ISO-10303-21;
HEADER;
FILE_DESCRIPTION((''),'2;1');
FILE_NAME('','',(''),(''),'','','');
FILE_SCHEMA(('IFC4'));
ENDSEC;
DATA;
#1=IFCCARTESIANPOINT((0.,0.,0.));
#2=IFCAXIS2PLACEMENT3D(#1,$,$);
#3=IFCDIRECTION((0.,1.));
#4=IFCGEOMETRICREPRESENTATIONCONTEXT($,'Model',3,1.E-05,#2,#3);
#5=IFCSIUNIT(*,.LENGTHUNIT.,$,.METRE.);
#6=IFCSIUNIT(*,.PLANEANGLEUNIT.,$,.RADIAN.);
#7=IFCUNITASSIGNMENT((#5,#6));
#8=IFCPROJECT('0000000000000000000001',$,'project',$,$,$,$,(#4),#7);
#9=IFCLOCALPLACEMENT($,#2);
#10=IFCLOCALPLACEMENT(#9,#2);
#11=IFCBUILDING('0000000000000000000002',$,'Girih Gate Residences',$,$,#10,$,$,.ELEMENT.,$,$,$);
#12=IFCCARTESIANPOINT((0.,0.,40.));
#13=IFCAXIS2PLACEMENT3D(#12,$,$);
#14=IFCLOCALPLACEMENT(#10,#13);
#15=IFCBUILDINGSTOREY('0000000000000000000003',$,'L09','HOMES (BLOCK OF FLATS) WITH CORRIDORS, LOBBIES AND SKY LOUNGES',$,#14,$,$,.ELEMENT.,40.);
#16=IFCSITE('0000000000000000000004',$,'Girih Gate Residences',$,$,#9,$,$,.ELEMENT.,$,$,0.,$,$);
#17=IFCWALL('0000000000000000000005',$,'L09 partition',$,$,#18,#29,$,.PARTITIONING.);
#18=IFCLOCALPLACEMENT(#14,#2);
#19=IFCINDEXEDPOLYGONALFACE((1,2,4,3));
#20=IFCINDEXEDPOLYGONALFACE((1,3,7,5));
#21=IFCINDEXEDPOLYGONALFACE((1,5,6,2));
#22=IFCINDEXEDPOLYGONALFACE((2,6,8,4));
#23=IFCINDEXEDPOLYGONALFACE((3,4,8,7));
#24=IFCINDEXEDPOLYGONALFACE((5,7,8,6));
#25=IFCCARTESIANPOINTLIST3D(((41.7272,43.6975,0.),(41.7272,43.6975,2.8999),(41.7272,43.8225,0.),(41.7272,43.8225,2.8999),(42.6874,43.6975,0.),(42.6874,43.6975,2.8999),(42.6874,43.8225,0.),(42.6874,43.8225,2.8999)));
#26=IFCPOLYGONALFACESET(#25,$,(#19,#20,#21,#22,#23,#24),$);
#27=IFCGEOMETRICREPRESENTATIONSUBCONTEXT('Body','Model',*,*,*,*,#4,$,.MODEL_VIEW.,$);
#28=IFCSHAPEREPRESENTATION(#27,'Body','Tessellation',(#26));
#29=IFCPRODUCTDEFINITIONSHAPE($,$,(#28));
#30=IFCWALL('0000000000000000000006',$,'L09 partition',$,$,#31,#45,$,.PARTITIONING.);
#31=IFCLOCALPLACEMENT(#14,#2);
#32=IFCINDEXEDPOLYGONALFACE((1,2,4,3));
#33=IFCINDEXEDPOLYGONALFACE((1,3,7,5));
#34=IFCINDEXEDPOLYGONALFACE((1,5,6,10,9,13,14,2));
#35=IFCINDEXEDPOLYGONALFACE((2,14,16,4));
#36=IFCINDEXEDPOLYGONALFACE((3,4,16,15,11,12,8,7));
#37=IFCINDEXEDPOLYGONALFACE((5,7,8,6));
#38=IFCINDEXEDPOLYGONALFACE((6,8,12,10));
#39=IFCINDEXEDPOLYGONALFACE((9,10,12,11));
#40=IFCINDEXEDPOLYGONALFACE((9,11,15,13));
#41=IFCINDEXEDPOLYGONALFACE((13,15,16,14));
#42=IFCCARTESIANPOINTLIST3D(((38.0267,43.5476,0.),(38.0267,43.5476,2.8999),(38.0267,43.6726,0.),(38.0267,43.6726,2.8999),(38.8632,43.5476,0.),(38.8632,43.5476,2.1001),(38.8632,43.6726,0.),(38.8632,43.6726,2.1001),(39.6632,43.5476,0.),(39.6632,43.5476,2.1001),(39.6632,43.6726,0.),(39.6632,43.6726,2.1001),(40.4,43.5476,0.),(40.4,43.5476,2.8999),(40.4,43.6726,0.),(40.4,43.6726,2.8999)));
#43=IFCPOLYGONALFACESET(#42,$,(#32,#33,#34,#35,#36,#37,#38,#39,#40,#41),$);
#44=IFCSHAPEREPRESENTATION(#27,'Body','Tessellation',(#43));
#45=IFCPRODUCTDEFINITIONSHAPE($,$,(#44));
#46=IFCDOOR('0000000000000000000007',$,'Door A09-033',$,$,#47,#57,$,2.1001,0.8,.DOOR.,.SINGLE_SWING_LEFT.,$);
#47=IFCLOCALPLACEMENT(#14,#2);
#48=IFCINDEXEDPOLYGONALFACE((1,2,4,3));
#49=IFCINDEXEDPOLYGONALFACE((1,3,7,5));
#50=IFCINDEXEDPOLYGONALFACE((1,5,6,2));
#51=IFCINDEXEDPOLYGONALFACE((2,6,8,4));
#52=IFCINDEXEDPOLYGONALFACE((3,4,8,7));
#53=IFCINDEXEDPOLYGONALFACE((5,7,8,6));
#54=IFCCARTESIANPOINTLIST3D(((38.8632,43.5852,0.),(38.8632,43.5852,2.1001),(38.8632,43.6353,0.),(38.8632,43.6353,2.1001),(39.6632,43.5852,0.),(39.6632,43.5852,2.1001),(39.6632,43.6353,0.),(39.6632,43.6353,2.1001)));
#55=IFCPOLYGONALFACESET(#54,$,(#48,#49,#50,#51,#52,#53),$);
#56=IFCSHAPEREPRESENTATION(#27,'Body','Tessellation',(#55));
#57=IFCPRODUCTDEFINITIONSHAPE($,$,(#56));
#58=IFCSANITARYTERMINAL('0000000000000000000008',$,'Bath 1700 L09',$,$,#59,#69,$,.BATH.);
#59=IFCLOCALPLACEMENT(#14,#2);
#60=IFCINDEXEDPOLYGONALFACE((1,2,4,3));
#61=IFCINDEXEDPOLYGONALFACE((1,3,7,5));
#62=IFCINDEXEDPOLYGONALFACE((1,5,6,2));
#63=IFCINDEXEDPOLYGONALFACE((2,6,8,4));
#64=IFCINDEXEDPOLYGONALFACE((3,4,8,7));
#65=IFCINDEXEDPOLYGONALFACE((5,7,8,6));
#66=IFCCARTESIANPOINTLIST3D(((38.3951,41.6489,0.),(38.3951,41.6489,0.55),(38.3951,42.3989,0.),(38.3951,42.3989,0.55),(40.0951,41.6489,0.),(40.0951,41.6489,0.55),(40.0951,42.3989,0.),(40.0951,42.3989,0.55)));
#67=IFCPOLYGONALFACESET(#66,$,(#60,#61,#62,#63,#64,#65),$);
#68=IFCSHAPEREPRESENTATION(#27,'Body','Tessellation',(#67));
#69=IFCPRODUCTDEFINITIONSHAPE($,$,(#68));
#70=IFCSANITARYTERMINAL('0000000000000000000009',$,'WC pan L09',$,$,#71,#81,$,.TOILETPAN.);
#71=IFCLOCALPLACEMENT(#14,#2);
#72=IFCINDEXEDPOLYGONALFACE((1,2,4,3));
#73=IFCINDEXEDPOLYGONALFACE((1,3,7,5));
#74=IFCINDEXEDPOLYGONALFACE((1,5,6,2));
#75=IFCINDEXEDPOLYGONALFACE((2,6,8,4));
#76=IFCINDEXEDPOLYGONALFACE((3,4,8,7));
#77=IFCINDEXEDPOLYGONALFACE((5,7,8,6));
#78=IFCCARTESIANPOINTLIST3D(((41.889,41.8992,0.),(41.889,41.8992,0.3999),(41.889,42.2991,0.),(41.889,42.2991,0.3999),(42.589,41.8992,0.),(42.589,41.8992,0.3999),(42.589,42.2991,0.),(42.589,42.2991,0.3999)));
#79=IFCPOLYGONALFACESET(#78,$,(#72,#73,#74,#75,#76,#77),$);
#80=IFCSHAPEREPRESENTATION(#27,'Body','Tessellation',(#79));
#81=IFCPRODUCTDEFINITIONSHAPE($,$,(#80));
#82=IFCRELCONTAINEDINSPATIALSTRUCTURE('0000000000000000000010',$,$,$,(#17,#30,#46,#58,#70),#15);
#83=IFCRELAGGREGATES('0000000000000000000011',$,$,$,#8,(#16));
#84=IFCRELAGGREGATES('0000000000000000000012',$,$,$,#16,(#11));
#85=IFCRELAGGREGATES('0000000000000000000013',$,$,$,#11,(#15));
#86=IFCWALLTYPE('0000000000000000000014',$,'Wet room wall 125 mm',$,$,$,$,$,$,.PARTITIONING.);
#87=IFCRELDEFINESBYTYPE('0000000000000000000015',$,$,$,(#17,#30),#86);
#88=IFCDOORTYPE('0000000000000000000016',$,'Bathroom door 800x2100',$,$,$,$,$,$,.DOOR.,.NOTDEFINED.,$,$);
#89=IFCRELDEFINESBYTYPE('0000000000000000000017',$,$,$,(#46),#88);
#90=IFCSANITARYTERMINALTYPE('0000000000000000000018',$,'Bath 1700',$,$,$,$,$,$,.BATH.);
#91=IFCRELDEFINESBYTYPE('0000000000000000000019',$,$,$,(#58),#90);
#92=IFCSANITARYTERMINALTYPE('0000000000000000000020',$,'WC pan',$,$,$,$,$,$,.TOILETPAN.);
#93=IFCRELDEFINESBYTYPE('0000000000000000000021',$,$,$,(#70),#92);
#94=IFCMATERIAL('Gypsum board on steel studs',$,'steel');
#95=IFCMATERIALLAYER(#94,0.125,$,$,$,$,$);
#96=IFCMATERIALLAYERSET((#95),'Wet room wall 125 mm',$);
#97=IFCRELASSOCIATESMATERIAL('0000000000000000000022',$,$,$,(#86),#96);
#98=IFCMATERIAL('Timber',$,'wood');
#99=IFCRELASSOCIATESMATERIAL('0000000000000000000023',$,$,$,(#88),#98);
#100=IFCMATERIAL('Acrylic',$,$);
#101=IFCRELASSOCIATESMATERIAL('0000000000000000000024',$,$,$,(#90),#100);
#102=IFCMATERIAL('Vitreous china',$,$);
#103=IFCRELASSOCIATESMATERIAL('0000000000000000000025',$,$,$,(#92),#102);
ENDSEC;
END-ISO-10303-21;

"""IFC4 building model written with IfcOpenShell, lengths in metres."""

from ifc_helpers import new_model, si_unit, direction, frame, frame_2d, origin, origin_2d, place, context, subcontext, project, spatial, rectangle, extrude, material, layer, layer_set, type_object, element, fill, save


model = new_model("IFC4")

# Units and contexts
model_context = context("Model", 3, precision=1e-05, world=origin(), true_north=direction((0.0, 1.0)))
body_context = subcontext(model_context, "Body", "Model", "MODEL_VIEW")
ifc_project = project(units=[si_unit("LENGTHUNIT", "METRE"), si_unit("PLANEANGLEUNIT", "RADIAN")], contexts=[model_context])

# Site, building, storey
site_placement = place(None, origin())
site = spatial("IfcSite", under=ifc_project, at=site_placement, Name="Girih Gate Residences", CompositionType="ELEMENT", RefElevation=0.0)
building_placement = place(site_placement, origin())
building = spatial("IfcBuilding", under=site, at=building_placement, Name="Girih Gate Residences", CompositionType="ELEMENT")
storey_placement = place(building_placement, frame((0.0, 0.0, 40.0)))
storey = spatial("IfcBuildingStorey", under=building, at=storey_placement, Name="L09", Description="HOMES (BLOCK OF FLATS) WITH CORRIDORS, LOBBIES AND SKY LOUNGES", CompositionType="ELEMENT", Elevation=40.0)

# Shared definitions
ifc_material_1 = material(Name="Gypsum board on steel studs", Category="steel")
ifc_material_2 = material(Name="Timber", Category="wood")

# Wall
ifc_layer_1 = layer(ifc_material_1, 0.125)
ifc_layer_set_1 = layer_set([ifc_layer_1], Name="Wet room wall 125 mm")
wall_type_1 = type_object("IfcWallType", Name="Wet room wall 125 mm", PredefinedType="PARTITIONING", material=ifc_layer_set_1)
wall_1_placement = place(storey_placement, frame((41.7273, 43.76, 0.0), z_axis=(0.0, 0.0, 1.0), x_axis=(1.0, 0.0, 0.0)))
element("IfcWall", 1, at=wall_1_placement, inside=storey, type_object=wall_type_1, Name="L09 partition", PredefinedType="PARTITIONING", context=body_context, shape_type="SweptSolid", body=[
    extrude(rectangle(XDim=0.9602, YDim=0.125, at=frame_2d((0.48, 0.0))), origin(), (0.0, 0.0, 1.0), 2.8999),
])

# Wall, opening, door
wall_2_placement = place(storey_placement, frame((40.3999, 43.6101, 0.0), z_axis=(0.0, 0.0, 1.0), x_axis=(-1.0, 0.0, 0.0)))
wall_2 = element("IfcWall", 2, at=wall_2_placement, inside=storey, type_object=wall_type_1, Name="L09 partition", PredefinedType="PARTITIONING", context=body_context, shape_type="SweptSolid", body=[
    extrude(rectangle(XDim=2.3733, YDim=0.125, at=frame_2d((1.1865, 0.0))), origin(), (0.0, 0.0, 1.0), 2.8999),
])
opening_1_placement = place(wall_2_placement, frame((0.7368, 0.0, 0.0)))
opening_1 = element("IfcOpeningElement", 3, at=opening_1_placement, cuts=wall_2, PredefinedType="OPENING", context=body_context, shape_type="SweptSolid", body=[
    extrude(rectangle(XDim=0.8, YDim=2.1001, at=frame_2d((0.3999, 1.05))), frame((0.0, 0.0725, 0.0), z_axis=(0.0, -1.0, 0.0), x_axis=(1.0, 0.0, 0.0)), (0.0, 0.0, 1.0), 0.145),
])
door_type_1 = type_object("IfcDoorType", Name="Bathroom door 800x2100", OperationType="NOTDEFINED", PredefinedType="DOOR", material=ifc_material_2)
door_1_placement = place(opening_1_placement, origin())
door_1 = element("IfcDoor", 4, at=door_1_placement, inside=storey, type_object=door_type_1, Name="Door A09-033", OperationType="SINGLE_SWING_LEFT", OverallHeight=2.1001, OverallWidth=0.8, PredefinedType="DOOR", context=body_context, shape_type="SweptSolid", body=[
    extrude(rectangle(XDim=0.8, YDim=2.1001, at=frame_2d((0.3999, 1.05))), frame((0.0, 0.0249, 0.0), z_axis=(0.0, -1.0, 0.0), x_axis=(1.0, 0.0, 0.0)), (0.0, 0.0, 1.0), 0.05),
])
fill(opening_1, door_1)

# Sanitary terminals
ifc_material_3 = material(Name="Acrylic")
sanitary_terminal_type_1 = type_object("IfcSanitaryTerminalType", Name="Bath 1700", PredefinedType="BATH", material=ifc_material_3)
sanitary_terminal_1_placement = place(storey_placement, frame((39.2451, 42.0239, 0.0), z_axis=(0.0, 0.0, 1.0), x_axis=(1.0, 0.0, 0.0)))
element("IfcSanitaryTerminal", 5, at=sanitary_terminal_1_placement, inside=storey, type_object=sanitary_terminal_type_1, Name="Bath 1700 L09", PredefinedType="BATH", context=body_context, shape_type="SweptSolid", body=[
    extrude(rectangle(XDim=1.7, YDim=0.75, at=origin_2d()), origin(), (0.0, 0.0, 1.0), 0.55),
])
ifc_material_4 = material(Name="Vitreous china")
sanitary_terminal_type_2 = type_object("IfcSanitaryTerminalType", Name="WC pan", PredefinedType="TOILETPAN", material=ifc_material_4)
sanitary_terminal_2_placement = place(storey_placement, frame((42.239, 42.0991, 0.0), z_axis=(0.0, 0.0, 1.0), x_axis=(1.0, 0.0, 0.0)))
element("IfcSanitaryTerminal", 6, at=sanitary_terminal_2_placement, inside=storey, type_object=sanitary_terminal_type_2, Name="WC pan L09", PredefinedType="TOILETPAN", context=body_context, shape_type="SweptSolid", body=[
    extrude(rectangle(XDim=0.7, YDim=0.3999, at=origin_2d()), origin(), (0.0, 0.0, 1.0), 0.3999),
])

save(model, "model.ifc")
